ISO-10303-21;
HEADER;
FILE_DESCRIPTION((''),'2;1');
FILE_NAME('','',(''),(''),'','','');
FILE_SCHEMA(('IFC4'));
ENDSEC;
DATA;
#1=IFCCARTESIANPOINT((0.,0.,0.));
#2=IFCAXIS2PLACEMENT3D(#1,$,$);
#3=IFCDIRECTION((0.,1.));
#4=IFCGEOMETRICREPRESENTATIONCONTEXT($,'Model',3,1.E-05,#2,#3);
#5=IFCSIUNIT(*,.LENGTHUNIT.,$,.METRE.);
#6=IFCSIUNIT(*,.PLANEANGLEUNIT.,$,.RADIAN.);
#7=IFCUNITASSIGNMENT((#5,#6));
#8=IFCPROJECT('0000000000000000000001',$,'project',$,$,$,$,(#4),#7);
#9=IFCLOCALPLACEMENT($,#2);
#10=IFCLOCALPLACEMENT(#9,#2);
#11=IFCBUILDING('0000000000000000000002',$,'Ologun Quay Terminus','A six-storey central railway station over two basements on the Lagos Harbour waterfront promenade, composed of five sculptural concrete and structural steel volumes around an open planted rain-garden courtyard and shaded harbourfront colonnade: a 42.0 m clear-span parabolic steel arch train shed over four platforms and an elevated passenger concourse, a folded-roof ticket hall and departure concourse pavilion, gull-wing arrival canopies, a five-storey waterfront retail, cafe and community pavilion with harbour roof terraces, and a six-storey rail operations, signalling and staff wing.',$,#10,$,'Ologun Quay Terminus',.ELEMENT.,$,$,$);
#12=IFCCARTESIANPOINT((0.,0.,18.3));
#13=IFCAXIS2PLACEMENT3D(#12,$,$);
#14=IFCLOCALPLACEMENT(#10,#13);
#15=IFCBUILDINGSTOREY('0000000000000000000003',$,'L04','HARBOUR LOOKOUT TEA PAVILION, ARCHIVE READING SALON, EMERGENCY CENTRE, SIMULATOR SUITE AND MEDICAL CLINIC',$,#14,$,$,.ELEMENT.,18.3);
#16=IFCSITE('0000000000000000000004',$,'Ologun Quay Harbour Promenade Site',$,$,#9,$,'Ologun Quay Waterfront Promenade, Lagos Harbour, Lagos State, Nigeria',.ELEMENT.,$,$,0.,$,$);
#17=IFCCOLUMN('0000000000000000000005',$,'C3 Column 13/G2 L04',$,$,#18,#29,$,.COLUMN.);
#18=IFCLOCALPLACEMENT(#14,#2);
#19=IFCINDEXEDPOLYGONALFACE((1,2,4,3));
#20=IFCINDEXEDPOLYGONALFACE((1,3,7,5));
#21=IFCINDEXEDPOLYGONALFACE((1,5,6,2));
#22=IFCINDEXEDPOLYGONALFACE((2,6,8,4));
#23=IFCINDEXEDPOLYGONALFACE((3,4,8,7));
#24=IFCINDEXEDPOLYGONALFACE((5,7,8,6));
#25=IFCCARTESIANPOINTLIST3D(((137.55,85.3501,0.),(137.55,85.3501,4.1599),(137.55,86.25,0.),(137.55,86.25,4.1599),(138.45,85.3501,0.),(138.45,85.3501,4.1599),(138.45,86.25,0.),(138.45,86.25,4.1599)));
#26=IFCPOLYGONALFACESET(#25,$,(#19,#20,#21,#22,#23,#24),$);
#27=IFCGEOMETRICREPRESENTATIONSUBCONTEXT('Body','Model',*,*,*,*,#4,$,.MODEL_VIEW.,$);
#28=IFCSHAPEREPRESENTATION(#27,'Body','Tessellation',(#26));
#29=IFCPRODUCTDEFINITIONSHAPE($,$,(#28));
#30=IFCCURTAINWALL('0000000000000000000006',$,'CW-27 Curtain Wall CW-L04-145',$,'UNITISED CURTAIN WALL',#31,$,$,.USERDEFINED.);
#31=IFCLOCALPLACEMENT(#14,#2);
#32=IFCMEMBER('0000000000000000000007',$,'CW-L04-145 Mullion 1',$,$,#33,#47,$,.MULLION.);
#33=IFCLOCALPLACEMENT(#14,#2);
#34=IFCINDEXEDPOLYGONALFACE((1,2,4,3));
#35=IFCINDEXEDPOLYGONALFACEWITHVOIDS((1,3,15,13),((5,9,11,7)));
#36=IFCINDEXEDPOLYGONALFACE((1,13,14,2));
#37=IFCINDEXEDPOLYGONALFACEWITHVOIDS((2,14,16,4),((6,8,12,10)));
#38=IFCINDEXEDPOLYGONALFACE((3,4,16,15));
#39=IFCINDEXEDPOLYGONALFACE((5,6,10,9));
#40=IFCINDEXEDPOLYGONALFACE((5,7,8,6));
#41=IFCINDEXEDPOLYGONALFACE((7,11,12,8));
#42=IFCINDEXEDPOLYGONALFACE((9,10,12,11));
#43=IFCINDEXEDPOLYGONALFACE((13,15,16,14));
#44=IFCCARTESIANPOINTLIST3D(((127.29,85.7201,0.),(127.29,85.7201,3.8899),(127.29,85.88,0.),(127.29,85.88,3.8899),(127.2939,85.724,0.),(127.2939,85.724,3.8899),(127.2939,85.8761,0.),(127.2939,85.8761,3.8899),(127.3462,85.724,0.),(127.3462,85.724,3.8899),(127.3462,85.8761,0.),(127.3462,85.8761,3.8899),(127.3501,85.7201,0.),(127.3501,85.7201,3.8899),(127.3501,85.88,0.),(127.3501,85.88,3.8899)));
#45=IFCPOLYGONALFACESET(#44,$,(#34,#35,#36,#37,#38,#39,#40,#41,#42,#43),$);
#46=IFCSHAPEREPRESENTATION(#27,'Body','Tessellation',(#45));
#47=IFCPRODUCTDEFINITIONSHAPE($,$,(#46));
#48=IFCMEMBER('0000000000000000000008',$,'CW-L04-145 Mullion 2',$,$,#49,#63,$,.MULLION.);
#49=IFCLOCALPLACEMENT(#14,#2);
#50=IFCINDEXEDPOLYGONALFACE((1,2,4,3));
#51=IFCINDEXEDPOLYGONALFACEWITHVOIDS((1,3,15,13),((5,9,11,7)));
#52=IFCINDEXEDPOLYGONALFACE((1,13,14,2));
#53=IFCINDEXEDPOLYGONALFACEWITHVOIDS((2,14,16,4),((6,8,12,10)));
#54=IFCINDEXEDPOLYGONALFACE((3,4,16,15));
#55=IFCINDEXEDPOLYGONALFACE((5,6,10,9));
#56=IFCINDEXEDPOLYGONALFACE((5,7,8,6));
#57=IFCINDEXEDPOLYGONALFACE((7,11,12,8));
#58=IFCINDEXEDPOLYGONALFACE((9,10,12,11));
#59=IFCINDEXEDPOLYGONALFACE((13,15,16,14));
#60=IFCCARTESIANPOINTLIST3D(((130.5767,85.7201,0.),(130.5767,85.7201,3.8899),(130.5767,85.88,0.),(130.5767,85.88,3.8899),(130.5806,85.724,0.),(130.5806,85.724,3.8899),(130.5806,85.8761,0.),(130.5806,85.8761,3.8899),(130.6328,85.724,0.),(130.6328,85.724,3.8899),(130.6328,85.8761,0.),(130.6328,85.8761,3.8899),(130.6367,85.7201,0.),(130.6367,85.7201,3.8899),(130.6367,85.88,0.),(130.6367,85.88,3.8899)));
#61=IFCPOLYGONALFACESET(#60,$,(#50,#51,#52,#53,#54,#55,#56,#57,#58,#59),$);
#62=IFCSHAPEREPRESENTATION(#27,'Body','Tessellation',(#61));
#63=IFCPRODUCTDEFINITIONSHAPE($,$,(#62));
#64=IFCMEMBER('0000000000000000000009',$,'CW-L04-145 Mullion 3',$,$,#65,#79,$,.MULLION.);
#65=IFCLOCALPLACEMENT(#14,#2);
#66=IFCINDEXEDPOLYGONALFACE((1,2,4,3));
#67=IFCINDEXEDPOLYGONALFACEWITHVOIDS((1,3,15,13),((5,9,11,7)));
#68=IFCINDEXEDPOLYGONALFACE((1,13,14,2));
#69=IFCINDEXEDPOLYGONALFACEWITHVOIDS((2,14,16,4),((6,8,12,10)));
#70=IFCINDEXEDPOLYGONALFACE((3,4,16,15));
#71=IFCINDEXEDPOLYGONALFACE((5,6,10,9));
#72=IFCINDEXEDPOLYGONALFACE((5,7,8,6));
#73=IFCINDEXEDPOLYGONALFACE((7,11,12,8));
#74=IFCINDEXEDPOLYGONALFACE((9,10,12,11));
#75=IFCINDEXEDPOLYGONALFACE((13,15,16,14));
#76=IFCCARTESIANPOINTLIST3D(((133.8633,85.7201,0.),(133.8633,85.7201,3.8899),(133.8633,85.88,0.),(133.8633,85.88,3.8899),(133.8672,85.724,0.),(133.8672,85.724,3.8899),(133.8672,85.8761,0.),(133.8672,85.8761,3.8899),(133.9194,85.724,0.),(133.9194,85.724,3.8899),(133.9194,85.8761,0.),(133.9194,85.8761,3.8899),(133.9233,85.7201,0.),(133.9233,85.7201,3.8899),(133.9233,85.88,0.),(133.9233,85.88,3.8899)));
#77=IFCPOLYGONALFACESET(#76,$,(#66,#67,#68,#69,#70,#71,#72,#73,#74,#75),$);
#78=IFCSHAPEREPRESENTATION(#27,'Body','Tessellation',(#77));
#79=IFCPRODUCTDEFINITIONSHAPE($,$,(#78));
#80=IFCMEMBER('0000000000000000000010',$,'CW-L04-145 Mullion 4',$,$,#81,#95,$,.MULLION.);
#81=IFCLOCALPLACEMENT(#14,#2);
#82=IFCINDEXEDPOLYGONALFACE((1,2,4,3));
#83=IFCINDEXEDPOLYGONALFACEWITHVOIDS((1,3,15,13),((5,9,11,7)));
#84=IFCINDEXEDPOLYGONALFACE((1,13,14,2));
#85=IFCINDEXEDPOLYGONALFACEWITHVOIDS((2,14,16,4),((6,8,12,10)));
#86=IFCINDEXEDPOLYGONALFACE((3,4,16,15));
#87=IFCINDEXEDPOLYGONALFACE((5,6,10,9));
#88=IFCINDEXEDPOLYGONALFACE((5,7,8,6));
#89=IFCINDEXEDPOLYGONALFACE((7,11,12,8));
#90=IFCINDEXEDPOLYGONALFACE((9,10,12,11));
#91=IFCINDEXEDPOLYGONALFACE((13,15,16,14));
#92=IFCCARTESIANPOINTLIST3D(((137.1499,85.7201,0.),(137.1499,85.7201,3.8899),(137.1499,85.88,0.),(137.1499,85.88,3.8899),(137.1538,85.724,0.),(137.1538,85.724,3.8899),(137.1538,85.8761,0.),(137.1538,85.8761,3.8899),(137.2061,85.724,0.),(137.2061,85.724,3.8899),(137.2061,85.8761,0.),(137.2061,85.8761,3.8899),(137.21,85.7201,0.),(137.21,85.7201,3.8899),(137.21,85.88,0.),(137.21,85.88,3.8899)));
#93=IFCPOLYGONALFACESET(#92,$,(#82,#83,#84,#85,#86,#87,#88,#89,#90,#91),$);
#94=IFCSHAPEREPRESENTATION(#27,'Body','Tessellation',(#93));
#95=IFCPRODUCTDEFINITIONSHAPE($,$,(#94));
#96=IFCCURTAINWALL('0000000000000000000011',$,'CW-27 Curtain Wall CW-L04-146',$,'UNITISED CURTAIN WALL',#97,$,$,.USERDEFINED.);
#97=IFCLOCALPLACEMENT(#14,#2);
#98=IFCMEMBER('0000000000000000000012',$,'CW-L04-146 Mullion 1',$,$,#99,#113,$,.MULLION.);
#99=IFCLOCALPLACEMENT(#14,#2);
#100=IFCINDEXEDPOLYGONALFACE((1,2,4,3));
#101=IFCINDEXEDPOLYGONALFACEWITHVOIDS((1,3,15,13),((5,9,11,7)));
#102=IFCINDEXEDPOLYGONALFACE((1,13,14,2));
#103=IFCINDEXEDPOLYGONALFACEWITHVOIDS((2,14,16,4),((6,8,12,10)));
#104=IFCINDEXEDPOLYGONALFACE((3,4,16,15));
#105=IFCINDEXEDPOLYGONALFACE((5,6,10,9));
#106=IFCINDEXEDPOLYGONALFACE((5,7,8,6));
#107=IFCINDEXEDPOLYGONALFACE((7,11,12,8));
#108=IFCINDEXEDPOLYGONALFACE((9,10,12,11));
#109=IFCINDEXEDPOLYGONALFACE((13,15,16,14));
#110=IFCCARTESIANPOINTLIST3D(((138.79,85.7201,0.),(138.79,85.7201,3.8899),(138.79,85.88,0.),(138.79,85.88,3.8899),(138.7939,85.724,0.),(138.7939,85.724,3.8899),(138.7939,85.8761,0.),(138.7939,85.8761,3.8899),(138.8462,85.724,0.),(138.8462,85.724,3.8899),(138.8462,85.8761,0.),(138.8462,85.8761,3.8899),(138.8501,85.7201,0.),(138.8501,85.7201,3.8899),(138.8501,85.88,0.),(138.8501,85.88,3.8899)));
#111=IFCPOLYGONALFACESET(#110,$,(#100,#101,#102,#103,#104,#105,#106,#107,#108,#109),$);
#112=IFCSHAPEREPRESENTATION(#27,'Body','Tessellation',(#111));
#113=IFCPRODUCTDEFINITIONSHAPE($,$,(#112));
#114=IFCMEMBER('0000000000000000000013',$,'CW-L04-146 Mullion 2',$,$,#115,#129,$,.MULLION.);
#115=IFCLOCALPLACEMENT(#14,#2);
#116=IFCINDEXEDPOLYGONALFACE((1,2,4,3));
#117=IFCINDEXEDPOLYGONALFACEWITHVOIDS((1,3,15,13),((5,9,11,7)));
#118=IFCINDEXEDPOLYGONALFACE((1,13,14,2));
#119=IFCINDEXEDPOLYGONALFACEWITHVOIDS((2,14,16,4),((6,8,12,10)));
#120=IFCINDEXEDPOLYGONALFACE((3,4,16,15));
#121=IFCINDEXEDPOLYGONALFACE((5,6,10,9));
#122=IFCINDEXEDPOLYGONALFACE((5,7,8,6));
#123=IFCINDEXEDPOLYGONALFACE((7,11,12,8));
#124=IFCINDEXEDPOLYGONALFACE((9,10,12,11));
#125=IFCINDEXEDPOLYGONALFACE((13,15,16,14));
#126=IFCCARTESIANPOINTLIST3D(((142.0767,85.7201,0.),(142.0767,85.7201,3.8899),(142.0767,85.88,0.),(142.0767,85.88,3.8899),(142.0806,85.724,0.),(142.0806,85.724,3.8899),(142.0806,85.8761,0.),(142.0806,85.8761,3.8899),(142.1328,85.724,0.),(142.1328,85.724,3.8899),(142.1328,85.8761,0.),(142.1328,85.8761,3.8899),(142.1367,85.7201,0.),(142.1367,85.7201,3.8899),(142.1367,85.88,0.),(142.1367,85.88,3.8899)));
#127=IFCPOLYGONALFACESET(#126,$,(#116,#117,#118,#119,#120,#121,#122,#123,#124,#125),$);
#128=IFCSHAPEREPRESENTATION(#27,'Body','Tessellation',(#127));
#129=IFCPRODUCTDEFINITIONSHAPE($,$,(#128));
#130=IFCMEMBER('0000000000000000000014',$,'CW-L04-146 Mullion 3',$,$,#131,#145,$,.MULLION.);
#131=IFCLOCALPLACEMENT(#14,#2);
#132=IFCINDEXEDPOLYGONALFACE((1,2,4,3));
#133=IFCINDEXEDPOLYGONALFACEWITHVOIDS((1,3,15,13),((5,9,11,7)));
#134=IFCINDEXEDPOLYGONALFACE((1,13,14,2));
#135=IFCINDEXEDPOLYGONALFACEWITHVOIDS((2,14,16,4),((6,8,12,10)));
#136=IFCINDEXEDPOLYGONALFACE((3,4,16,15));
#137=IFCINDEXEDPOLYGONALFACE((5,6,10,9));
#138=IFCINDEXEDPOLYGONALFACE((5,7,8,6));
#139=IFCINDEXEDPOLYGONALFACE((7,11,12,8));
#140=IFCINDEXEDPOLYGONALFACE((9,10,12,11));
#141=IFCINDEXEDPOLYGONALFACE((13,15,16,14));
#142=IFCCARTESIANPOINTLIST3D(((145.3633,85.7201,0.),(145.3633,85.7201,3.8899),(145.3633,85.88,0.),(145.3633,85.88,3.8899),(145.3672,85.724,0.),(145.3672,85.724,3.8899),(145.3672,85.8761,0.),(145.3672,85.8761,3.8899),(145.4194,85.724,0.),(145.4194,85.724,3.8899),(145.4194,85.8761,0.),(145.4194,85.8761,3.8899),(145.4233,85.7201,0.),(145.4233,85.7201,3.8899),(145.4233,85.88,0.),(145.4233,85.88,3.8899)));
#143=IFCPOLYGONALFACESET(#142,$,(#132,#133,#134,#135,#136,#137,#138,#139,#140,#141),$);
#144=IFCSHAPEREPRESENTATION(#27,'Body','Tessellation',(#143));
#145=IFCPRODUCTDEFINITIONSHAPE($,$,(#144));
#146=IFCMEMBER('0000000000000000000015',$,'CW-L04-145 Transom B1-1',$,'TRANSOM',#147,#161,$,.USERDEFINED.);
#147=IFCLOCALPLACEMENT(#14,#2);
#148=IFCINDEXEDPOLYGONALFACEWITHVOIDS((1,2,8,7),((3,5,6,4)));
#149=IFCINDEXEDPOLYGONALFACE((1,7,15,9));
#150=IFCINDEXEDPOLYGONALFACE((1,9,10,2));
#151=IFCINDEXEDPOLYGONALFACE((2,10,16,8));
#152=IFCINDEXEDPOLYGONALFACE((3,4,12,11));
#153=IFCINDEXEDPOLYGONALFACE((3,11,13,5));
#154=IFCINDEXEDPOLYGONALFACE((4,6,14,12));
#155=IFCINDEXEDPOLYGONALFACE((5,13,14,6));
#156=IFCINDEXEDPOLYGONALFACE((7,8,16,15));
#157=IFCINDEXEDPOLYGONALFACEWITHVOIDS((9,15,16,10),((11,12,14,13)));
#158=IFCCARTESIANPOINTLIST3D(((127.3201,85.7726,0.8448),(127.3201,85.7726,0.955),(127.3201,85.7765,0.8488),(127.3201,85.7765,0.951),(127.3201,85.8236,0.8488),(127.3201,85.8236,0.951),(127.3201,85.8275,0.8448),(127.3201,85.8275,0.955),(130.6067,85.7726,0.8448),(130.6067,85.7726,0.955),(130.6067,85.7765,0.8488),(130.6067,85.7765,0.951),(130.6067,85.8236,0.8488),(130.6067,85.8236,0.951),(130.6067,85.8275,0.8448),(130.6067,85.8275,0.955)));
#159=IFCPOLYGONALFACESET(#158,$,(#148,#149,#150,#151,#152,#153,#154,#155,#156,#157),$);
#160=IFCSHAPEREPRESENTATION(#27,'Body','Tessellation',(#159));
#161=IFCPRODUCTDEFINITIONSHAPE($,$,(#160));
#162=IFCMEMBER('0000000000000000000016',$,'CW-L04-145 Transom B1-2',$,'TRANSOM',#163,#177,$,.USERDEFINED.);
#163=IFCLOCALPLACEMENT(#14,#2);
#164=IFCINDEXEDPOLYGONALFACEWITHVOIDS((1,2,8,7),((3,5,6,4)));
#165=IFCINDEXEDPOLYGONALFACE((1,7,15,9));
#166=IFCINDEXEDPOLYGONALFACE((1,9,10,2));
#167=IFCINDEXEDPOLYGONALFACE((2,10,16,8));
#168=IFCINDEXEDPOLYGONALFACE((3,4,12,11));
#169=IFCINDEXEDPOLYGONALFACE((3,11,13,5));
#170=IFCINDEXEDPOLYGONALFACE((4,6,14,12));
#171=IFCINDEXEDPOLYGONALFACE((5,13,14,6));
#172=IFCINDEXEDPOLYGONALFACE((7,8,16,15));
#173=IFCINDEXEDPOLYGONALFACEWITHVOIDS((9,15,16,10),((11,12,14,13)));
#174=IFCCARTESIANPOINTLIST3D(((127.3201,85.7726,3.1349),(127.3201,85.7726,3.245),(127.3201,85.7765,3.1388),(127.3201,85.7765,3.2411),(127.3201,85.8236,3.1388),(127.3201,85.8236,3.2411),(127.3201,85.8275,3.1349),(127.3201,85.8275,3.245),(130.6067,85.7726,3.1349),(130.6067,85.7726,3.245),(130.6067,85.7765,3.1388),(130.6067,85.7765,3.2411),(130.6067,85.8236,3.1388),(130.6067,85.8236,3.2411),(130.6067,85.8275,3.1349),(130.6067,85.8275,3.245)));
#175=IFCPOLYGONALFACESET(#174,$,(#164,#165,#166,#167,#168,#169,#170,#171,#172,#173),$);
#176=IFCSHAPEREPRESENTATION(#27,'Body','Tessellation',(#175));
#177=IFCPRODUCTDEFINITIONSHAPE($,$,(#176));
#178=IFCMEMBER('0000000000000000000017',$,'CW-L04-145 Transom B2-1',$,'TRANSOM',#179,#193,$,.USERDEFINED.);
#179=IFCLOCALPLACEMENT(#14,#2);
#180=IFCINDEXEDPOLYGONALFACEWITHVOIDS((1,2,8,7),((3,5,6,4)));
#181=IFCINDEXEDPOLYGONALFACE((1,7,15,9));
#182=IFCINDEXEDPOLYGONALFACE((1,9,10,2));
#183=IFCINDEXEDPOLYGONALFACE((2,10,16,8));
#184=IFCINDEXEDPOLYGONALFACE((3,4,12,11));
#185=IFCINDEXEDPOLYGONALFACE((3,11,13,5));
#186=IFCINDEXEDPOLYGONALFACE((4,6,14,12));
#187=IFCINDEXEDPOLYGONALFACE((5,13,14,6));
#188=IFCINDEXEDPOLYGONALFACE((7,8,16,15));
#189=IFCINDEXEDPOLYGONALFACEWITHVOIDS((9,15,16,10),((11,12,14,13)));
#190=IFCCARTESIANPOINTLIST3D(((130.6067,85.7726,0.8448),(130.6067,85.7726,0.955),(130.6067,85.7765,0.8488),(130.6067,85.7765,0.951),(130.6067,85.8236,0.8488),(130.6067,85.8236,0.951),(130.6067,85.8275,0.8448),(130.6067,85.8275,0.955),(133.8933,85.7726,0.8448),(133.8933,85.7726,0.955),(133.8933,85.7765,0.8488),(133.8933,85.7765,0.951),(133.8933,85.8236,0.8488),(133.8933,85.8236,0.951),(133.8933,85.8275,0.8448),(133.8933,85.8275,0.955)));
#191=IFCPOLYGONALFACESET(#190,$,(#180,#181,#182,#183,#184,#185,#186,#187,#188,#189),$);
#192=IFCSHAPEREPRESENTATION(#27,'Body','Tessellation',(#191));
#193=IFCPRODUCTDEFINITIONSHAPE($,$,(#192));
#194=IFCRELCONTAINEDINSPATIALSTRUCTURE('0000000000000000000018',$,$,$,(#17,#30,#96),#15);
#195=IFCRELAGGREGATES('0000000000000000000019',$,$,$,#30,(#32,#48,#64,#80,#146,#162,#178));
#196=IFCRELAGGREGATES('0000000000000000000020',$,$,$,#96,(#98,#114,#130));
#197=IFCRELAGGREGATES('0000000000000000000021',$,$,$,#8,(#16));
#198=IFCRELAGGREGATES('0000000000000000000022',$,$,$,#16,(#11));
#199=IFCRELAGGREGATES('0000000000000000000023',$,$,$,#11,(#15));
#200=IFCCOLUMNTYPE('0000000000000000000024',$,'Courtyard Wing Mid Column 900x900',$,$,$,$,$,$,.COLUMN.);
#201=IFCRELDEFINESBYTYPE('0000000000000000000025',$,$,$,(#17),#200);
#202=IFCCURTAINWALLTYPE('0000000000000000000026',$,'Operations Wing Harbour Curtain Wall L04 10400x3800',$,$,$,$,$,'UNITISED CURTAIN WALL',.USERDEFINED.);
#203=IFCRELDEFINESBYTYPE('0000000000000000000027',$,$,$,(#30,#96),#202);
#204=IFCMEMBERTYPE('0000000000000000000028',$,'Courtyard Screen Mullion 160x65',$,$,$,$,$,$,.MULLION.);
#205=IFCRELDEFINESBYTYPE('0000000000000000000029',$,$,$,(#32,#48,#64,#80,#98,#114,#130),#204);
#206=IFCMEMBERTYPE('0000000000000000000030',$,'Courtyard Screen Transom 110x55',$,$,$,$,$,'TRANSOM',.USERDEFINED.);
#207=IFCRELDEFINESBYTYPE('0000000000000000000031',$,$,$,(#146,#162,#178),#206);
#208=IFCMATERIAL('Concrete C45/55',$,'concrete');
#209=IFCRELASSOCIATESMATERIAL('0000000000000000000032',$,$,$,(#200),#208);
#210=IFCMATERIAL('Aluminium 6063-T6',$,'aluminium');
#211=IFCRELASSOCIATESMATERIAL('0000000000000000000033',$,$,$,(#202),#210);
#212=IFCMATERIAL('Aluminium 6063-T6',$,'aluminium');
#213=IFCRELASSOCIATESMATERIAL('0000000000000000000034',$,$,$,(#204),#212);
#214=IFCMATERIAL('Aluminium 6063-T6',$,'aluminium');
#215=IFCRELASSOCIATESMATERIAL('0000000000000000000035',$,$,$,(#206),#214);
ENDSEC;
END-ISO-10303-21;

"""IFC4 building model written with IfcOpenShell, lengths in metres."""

from ifc_helpers import new_model, si_unit, direction, frame, origin, origin_2d, place, context, subcontext, project, spatial, rectangle, hollow_rectangle, extrude, material, material_profile, profile_set, type_object, element, aggregate, save


model = new_model("IFC4")

# Units and contexts
model_context = context("Model", 3, precision=1e-05, world=origin(), true_north=direction((0.0, 1.0)))
body_context = subcontext(model_context, "Body", "Model", "MODEL_VIEW")
ifc_project = project(units=[si_unit("LENGTHUNIT", "METRE"), si_unit("PLANEANGLEUNIT", "RADIAN")], contexts=[model_context])

# Site, building, storey
site_placement = place(None, origin())
site = spatial("IfcSite", under=ifc_project, at=site_placement, Name="Ologun Quay Harbour Promenade Site", LongName="Ologun Quay Waterfront Promenade, Lagos Harbour, Lagos State, Nigeria", CompositionType="ELEMENT", RefElevation=0.0)
building_placement = place(site_placement, origin())
building = spatial("IfcBuilding", under=site, at=building_placement, Name="Ologun Quay Terminus", Description="A six-storey central railway station over two basements on the Lagos Harbour waterfront promenade, composed of five sculptural concrete and structural steel volumes around an open planted rain-garden courtyard and shaded harbourfront colonnade: a 42.0 m clear-span parabolic steel arch train shed over four platforms and an elevated passenger concourse, a folded-roof ticket hall and departure concourse pavilion, gull-wing arrival canopies, a five-storey waterfront retail, cafe and community pavilion with harbour roof terraces, and a six-storey rail operations, signalling and staff wing.", LongName="Ologun Quay Terminus", CompositionType="ELEMENT")
storey_placement = place(building_placement, frame((0.0, 0.0, 18.3)))
storey = spatial("IfcBuildingStorey", under=building, at=storey_placement, Name="L04", Description="HARBOUR LOOKOUT TEA PAVILION, ARCHIVE READING SALON, EMERGENCY CENTRE, SIMULATOR SUITE AND MEDICAL CLINIC", CompositionType="ELEMENT", Elevation=18.3)

# Column
ifc_material_1 = material(Name="Concrete C45/55", Category="concrete")
ifc_material_profile_1 = material_profile(ifc_material_1, rectangle(XDim=0.8999, YDim=0.8999, at=origin_2d()), Name="RC 900x900")
ifc_profile_set_1 = profile_set([ifc_material_profile_1], Name="Concrete C45/55")
column_type = type_object("IfcColumnType", Name="Courtyard Wing Mid Column 900x900", PredefinedType="COLUMN", material=ifc_profile_set_1)
column_placement = place(storey_placement, frame((138.0, 85.8, 0.0), z_axis=(0.0, 0.0, 1.0), x_axis=(1.0, 0.0, 0.0)))
element("IfcColumn", 1, at=column_placement, inside=storey, type_object=column_type, Name="C3 Column 13/G2 L04", PredefinedType="COLUMN", context=body_context, shape_type="SweptSolid", body=[
    extrude(rectangle(XDim=0.8999, YDim=0.8999, at=origin_2d()), origin(), (0.0, 0.0, 1.0), 4.1599),
])

# Curtain walls, members
ifc_material_2 = material(Name="Aluminium 6063-T6", Category="aluminium")
curtain_wall_type = type_object("IfcCurtainWallType", Name="Operations Wing Harbour Curtain Wall L04 10400x3800", ElementType="UNITISED CURTAIN WALL", PredefinedType="USERDEFINED", material=ifc_material_2)
curtain_wall_1_placement = place(storey_placement, origin())
curtain_wall_1 = element("IfcCurtainWall", 2, at=curtain_wall_1_placement, inside=storey, type_object=curtain_wall_type, Name="CW-27 Curtain Wall CW-L04-145", ObjectType="UNITISED CURTAIN WALL", PredefinedType="USERDEFINED")
ifc_material_3 = material(Name="Aluminium 6063-T6", Category="aluminium")
ifc_material_profile_2 = material_profile(ifc_material_3, hollow_rectangle(XDim=0.0601, YDim=0.1599, WallThickness=0.0039, at=origin_2d()), Name="ALU 160x60x4")
ifc_profile_set_2 = profile_set([ifc_material_profile_2], Name="Aluminium 6063-T6")
member_type_1 = type_object("IfcMemberType", Name="Courtyard Screen Mullion 160x65", PredefinedType="MULLION", material=ifc_profile_set_2)
member_1_placement = place(storey_placement, frame((127.3201, 85.8, 0.0), z_axis=(0.0, 0.0, 1.0), x_axis=(1.0, 0.0, 0.0)))
member_1 = element("IfcMember", 3, at=member_1_placement, type_object=member_type_1, Name="CW-L04-145 Mullion 1", PredefinedType="MULLION", context=body_context, shape_type="SweptSolid", body=[
    extrude(hollow_rectangle(XDim=0.0601, YDim=0.1599, WallThickness=0.0039, at=origin_2d()), origin(), (0.0, 0.0, 1.0), 3.8899),
])
member_2_placement = place(storey_placement, frame((130.6067, 85.8, 0.0), z_axis=(0.0, 0.0, 1.0), x_axis=(1.0, 0.0, 0.0)))
member_2 = element("IfcMember", 4, at=member_2_placement, type_object=member_type_1, Name="CW-L04-145 Mullion 2", PredefinedType="MULLION", context=body_context, shape_type="SweptSolid", body=[
    extrude(hollow_rectangle(XDim=0.0601, YDim=0.1599, WallThickness=0.0039, at=origin_2d()), origin(), (0.0, 0.0, 1.0), 3.8899),
])
member_3_placement = place(storey_placement, frame((133.8933, 85.8, 0.0), z_axis=(0.0, 0.0, 1.0), x_axis=(1.0, 0.0, 0.0)))
member_3 = element("IfcMember", 5, at=member_3_placement, type_object=member_type_1, Name="CW-L04-145 Mullion 3", PredefinedType="MULLION", context=body_context, shape_type="SweptSolid", body=[
    extrude(hollow_rectangle(XDim=0.0601, YDim=0.1599, WallThickness=0.0039, at=origin_2d()), origin(), (0.0, 0.0, 1.0), 3.8899),
])
member_4_placement = place(storey_placement, frame((137.1799, 85.8, 0.0), z_axis=(0.0, 0.0, 1.0), x_axis=(1.0, 0.0, 0.0)))
member_4 = element("IfcMember", 6, at=member_4_placement, type_object=member_type_1, Name="CW-L04-145 Mullion 4", PredefinedType="MULLION", context=body_context, shape_type="SweptSolid", body=[
    extrude(hollow_rectangle(XDim=0.0601, YDim=0.1599, WallThickness=0.0039, at=origin_2d()), origin(), (0.0, 0.0, 1.0), 3.8899),
])
curtain_wall_2_placement = place(storey_placement, origin())
curtain_wall_2 = element("IfcCurtainWall", 7, at=curtain_wall_2_placement, inside=storey, type_object=curtain_wall_type, Name="CW-27 Curtain Wall CW-L04-146", ObjectType="UNITISED CURTAIN WALL", PredefinedType="USERDEFINED")
member_5_placement = place(storey_placement, frame((138.8201, 85.8, 0.0), z_axis=(0.0, 0.0, 1.0), x_axis=(1.0, 0.0, 0.0)))
member_5 = element("IfcMember", 8, at=member_5_placement, type_object=member_type_1, Name="CW-L04-146 Mullion 1", PredefinedType="MULLION", context=body_context, shape_type="SweptSolid", body=[
    extrude(hollow_rectangle(XDim=0.0601, YDim=0.1599, WallThickness=0.0039, at=origin_2d()), origin(), (0.0, 0.0, 1.0), 3.8899),
])
member_6_placement = place(storey_placement, frame((142.1067, 85.8, 0.0), z_axis=(0.0, 0.0, 1.0), x_axis=(1.0, 0.0, 0.0)))
member_6 = element("IfcMember", 9, at=member_6_placement, type_object=member_type_1, Name="CW-L04-146 Mullion 2", PredefinedType="MULLION", context=body_context, shape_type="SweptSolid", body=[
    extrude(hollow_rectangle(XDim=0.0601, YDim=0.1599, WallThickness=0.0039, at=origin_2d()), origin(), (0.0, 0.0, 1.0), 3.8899),
])
member_7_placement = place(storey_placement, frame((145.3933, 85.8, 0.0), z_axis=(0.0, 0.0, 1.0), x_axis=(1.0, 0.0, 0.0)))
member_7 = element("IfcMember", 10, at=member_7_placement, type_object=member_type_1, Name="CW-L04-146 Mullion 3", PredefinedType="MULLION", context=body_context, shape_type="SweptSolid", body=[
    extrude(hollow_rectangle(XDim=0.0601, YDim=0.1599, WallThickness=0.0039, at=origin_2d()), origin(), (0.0, 0.0, 1.0), 3.8899),
])

# Members
ifc_material_4 = material(Name="Aluminium 6063-T6", Category="aluminium")
ifc_material_profile_3 = material_profile(ifc_material_4, hollow_rectangle(XDim=0.0549, YDim=0.1101, WallThickness=0.0039, at=origin_2d()), Name="ALU 110x55x4")
ifc_profile_set_3 = profile_set([ifc_material_profile_3], Name="Aluminium 6063-T6")
member_type_2 = type_object("IfcMemberType", Name="Courtyard Screen Transom 110x55", ElementType="TRANSOM", PredefinedType="USERDEFINED", material=ifc_profile_set_3)
member_8_placement = place(storey_placement, frame((127.3201, 85.8, 0.8999), z_axis=(1.0, 0.0, 0.0), x_axis=(0.0, 1.0, 0.0)))
member_8 = element("IfcMember", 11, at=member_8_placement, type_object=member_type_2, Name="CW-L04-145 Transom B1-1", ObjectType="TRANSOM", PredefinedType="USERDEFINED", context=body_context, shape_type="SweptSolid", body=[
    extrude(hollow_rectangle(XDim=0.0549, YDim=0.1101, WallThickness=0.0039, at=origin_2d()), origin(), (0.0, 0.0, 1.0), 3.2866),
])
member_9_placement = place(storey_placement, frame((127.3201, 85.8, 3.1899), z_axis=(1.0, 0.0, 0.0), x_axis=(0.0, 1.0, 0.0)))
member_9 = element("IfcMember", 12, at=member_9_placement, type_object=member_type_2, Name="CW-L04-145 Transom B1-2", ObjectType="TRANSOM", PredefinedType="USERDEFINED", context=body_context, shape_type="SweptSolid", body=[
    extrude(hollow_rectangle(XDim=0.0549, YDim=0.1101, WallThickness=0.0039, at=origin_2d()), origin(), (0.0, 0.0, 1.0), 3.2866),
])
member_10_placement = place(storey_placement, frame((130.6067, 85.8, 0.8999), z_axis=(1.0, 0.0, 0.0), x_axis=(0.0, 1.0, 0.0)))
member_10 = element("IfcMember", 13, at=member_10_placement, type_object=member_type_2, Name="CW-L04-145 Transom B2-1", ObjectType="TRANSOM", PredefinedType="USERDEFINED", context=body_context, shape_type="SweptSolid", body=[
    extrude(hollow_rectangle(XDim=0.0549, YDim=0.1101, WallThickness=0.0039, at=origin_2d()), origin(), (0.0, 0.0, 1.0), 3.2866),
])

aggregate(curtain_wall_1, [member_1, member_2, member_3, member_4, member_8, member_9, member_10])
aggregate(curtain_wall_2, [member_5, member_6, member_7])

save(model, "model.ifc")
